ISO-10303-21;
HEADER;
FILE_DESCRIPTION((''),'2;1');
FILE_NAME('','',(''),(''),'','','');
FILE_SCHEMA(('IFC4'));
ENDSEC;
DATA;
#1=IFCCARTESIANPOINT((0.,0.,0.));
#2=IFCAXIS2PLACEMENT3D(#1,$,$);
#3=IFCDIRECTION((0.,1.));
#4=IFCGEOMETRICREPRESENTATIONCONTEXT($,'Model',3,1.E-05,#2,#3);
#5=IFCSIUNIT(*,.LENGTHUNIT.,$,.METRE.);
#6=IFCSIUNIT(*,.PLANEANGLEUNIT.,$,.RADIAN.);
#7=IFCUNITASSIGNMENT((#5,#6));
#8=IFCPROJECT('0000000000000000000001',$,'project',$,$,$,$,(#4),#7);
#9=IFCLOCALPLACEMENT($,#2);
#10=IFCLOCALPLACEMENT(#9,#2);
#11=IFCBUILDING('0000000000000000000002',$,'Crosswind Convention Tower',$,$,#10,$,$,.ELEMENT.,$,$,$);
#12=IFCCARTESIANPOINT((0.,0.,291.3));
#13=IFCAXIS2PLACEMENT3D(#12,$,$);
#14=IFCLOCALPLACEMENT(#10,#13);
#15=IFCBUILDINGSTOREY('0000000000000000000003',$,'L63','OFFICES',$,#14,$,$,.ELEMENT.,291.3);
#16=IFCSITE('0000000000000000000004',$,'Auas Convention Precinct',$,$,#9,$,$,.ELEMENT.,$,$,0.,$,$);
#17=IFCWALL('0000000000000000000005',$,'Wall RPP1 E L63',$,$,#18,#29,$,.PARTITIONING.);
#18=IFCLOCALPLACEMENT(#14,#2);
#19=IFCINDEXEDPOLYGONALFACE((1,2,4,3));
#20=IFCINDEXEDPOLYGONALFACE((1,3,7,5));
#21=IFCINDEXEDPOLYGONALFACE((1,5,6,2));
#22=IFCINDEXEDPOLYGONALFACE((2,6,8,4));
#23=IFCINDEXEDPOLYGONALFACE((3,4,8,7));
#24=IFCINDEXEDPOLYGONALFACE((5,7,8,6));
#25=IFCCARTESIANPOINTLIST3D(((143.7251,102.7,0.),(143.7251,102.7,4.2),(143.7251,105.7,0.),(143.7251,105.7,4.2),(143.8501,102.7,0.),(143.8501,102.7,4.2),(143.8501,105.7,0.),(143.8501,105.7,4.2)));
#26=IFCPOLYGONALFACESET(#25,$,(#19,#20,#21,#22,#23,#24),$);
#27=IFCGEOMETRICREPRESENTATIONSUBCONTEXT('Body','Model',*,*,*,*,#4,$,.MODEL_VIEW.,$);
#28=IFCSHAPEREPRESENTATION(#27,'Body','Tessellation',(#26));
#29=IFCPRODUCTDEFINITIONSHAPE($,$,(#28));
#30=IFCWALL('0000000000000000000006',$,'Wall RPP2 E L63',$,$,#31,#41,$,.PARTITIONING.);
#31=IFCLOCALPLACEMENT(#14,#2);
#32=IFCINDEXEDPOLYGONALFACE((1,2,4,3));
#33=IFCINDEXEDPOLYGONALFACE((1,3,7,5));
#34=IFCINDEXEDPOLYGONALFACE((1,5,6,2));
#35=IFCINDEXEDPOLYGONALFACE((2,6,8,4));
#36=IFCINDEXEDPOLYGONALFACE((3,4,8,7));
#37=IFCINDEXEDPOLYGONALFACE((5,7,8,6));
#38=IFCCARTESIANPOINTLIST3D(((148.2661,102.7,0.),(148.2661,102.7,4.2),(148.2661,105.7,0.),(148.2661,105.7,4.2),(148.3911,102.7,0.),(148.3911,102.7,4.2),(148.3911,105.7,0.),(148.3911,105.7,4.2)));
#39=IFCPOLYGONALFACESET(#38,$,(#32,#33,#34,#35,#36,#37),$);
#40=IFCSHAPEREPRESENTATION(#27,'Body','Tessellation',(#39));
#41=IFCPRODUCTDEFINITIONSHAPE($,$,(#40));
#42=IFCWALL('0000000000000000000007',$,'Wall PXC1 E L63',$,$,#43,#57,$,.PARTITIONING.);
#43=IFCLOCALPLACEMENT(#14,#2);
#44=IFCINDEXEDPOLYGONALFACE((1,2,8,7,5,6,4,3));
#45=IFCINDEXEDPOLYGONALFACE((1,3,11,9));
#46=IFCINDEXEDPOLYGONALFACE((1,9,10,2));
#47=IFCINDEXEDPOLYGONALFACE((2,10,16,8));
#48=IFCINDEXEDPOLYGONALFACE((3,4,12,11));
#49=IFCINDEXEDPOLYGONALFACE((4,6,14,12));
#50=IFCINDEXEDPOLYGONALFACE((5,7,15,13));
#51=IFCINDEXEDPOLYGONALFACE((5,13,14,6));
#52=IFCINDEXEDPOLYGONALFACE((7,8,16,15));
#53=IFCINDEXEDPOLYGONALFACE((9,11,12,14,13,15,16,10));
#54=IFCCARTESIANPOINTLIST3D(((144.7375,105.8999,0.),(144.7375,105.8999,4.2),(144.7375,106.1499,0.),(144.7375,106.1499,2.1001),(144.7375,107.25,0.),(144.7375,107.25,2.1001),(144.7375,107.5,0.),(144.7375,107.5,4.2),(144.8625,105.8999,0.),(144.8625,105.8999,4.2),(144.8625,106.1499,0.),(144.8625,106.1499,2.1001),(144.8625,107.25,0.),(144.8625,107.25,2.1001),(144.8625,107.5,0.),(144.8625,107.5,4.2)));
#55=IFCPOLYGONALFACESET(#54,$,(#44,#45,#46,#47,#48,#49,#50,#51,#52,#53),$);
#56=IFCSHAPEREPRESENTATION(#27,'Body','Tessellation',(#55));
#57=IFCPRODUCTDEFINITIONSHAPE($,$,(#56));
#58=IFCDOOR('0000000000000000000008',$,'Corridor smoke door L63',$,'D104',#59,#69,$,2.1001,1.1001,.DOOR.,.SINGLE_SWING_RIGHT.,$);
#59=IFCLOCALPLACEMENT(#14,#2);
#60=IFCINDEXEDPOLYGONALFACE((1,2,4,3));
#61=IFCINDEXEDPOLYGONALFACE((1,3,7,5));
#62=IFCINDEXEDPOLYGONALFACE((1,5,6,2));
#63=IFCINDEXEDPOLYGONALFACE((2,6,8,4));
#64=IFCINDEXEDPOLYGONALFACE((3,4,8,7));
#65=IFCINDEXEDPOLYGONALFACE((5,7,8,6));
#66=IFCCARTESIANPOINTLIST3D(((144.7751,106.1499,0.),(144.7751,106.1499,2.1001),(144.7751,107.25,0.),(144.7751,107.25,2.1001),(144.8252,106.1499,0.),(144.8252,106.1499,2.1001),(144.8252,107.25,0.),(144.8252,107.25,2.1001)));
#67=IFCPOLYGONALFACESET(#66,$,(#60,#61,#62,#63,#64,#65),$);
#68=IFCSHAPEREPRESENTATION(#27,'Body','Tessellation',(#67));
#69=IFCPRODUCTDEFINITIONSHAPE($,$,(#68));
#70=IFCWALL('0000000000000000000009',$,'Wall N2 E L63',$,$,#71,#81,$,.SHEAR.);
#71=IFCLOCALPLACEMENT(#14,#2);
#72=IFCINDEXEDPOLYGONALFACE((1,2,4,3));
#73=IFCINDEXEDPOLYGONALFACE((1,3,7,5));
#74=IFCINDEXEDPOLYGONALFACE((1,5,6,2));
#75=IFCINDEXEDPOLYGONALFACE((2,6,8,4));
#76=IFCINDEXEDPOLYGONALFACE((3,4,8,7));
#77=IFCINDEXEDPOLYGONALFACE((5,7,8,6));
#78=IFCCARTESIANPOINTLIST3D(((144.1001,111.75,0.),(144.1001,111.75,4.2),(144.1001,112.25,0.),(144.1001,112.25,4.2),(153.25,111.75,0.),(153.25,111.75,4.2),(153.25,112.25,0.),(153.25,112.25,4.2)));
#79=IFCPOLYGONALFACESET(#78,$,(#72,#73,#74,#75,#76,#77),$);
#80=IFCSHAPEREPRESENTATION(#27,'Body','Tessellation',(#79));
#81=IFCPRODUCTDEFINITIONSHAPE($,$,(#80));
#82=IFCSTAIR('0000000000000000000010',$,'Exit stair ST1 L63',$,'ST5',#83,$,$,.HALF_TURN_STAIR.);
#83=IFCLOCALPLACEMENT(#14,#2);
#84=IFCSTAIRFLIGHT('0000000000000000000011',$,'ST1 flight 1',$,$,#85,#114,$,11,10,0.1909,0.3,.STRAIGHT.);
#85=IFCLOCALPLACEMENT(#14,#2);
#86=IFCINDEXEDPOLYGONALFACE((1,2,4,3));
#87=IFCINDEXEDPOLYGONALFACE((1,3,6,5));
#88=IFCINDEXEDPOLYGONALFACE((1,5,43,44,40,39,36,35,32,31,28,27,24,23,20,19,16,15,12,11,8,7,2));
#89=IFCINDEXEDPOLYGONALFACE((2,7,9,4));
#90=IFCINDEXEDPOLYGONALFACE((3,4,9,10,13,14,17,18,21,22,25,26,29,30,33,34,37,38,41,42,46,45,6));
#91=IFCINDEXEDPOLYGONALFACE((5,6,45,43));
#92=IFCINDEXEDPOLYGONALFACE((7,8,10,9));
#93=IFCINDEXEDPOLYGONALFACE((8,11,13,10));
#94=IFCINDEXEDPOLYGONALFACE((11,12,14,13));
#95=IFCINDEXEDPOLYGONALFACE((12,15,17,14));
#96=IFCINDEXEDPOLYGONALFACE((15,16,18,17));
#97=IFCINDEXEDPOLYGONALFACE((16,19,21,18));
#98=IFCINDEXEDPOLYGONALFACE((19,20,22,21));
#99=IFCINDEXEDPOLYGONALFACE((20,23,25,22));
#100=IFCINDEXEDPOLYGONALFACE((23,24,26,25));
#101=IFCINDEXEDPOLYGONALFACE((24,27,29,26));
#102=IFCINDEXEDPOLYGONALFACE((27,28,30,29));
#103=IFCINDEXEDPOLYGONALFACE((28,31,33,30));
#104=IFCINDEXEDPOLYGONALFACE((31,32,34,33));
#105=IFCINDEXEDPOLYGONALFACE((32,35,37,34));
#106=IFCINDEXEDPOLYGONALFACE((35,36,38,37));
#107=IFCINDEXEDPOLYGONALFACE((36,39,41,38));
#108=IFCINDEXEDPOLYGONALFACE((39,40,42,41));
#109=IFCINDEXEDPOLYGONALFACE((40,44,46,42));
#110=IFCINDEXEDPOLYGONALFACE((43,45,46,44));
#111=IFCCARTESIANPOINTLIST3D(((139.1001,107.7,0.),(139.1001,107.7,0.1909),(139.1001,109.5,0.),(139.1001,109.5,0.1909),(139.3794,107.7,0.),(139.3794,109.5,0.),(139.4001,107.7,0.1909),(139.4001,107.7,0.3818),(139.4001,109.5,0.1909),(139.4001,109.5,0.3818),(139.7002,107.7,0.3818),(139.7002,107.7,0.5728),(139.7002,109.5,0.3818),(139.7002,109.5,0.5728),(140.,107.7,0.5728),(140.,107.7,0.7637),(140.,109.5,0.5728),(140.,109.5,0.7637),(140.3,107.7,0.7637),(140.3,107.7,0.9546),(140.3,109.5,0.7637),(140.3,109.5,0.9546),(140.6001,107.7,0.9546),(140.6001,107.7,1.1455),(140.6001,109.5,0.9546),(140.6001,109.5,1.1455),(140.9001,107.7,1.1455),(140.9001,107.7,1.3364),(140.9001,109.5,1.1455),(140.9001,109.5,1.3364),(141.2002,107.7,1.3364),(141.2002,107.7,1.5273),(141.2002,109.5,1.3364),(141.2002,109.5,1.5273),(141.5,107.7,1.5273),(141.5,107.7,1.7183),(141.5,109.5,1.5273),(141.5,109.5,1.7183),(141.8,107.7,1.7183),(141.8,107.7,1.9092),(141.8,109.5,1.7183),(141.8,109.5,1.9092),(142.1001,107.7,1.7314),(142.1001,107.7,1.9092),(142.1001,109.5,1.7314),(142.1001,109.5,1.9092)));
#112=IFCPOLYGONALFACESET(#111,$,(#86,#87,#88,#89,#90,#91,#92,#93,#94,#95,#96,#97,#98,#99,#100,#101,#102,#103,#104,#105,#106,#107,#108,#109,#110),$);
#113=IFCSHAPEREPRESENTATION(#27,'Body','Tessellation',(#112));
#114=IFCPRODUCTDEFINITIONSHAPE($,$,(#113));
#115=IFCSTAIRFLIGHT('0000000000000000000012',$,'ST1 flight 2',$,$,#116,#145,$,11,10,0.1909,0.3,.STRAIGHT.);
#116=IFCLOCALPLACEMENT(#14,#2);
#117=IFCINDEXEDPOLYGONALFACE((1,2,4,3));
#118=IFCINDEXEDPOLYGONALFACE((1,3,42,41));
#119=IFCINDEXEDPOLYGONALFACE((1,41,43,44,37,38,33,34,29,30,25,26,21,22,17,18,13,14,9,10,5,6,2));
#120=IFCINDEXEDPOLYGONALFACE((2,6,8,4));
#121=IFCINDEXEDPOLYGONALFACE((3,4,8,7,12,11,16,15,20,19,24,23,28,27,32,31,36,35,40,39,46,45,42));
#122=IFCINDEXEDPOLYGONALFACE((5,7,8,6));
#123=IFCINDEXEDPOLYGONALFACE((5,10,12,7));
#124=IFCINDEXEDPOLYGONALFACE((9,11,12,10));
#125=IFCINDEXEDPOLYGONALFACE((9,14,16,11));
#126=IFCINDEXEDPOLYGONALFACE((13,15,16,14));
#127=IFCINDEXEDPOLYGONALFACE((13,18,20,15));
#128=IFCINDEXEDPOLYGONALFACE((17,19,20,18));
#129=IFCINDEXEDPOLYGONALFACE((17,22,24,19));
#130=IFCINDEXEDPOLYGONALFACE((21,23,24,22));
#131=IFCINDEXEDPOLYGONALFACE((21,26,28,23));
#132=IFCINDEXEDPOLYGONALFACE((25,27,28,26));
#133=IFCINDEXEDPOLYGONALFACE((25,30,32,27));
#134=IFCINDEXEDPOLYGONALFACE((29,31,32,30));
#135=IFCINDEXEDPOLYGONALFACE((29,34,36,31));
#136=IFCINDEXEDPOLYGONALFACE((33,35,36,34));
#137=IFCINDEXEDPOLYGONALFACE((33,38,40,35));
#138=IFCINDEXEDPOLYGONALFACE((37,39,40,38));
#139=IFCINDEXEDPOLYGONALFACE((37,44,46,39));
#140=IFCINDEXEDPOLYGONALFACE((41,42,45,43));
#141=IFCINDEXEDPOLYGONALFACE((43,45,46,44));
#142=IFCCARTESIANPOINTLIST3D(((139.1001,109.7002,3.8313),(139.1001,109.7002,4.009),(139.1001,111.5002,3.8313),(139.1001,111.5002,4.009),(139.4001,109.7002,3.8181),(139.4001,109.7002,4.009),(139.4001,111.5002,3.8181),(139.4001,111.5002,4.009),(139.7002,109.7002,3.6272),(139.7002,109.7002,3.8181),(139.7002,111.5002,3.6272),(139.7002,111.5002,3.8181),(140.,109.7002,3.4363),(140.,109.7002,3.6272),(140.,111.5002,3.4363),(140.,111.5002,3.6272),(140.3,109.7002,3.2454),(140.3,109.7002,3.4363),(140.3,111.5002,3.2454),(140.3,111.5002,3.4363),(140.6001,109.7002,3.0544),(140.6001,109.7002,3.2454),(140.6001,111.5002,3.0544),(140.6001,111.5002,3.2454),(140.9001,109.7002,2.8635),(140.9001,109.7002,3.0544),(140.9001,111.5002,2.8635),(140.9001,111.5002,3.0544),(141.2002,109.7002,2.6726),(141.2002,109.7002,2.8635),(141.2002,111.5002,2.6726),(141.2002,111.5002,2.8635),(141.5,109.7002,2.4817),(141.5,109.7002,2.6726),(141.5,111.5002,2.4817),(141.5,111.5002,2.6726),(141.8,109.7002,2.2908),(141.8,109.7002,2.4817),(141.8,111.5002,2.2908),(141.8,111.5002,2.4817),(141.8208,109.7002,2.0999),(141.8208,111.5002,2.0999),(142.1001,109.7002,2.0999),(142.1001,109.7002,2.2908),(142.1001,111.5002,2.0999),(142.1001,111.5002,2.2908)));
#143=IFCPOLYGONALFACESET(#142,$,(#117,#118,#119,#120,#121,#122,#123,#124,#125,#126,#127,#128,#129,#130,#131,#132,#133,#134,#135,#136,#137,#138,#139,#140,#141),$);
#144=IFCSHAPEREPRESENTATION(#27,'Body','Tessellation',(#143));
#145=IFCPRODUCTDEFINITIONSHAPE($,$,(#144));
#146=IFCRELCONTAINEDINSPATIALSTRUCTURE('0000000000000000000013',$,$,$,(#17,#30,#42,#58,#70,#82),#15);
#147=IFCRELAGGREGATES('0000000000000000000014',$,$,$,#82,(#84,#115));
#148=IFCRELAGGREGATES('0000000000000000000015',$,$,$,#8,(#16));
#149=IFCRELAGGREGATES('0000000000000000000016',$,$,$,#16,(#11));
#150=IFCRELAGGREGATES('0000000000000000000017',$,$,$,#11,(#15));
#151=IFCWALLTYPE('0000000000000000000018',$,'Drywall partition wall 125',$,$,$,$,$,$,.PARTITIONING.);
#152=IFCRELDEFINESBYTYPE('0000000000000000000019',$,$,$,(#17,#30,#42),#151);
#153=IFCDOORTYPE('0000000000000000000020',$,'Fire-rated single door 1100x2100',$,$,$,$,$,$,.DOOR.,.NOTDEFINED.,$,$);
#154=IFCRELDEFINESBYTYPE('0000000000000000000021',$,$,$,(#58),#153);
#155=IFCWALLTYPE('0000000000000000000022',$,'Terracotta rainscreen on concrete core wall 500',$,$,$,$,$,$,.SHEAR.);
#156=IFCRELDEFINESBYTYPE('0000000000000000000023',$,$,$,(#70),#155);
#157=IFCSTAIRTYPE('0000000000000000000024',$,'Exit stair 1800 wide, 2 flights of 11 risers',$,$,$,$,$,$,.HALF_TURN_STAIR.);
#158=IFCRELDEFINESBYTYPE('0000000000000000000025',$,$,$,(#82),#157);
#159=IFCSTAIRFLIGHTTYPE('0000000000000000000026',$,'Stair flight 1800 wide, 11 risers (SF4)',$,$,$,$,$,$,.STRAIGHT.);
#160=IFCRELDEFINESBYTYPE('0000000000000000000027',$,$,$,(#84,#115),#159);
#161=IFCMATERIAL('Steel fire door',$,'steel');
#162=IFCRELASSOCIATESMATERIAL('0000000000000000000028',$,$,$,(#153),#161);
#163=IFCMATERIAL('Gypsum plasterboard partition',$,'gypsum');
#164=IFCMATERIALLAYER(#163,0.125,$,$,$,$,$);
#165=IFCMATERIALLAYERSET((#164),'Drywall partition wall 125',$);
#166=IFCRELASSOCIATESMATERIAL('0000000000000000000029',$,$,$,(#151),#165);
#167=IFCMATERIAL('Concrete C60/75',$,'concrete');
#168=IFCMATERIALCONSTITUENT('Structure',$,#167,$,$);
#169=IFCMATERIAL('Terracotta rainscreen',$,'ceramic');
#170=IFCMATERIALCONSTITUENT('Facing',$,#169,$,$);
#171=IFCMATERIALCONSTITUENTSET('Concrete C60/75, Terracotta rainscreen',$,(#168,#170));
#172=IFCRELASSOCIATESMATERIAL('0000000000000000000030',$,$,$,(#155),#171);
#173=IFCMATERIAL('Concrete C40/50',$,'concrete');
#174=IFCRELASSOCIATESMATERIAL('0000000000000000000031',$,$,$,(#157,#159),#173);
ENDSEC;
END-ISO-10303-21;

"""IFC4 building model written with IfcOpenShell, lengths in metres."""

from ifc_helpers import new_model, si_unit, direction, frame, frame_2d, origin, place, context, subcontext, project, spatial, polyline, rectangle, outline, extrude, material, layer, layer_set, constituent, constituent_set, type_object, element, fill, aggregate, save


model = new_model("IFC4")

# Units and contexts
model_context = context("Model", 3, precision=1e-05, world=origin(), true_north=direction((0.0, 1.0)))
body_context = subcontext(model_context, "Body", "Model", "MODEL_VIEW")
ifc_project = project(units=[si_unit("LENGTHUNIT", "METRE"), si_unit("PLANEANGLEUNIT", "RADIAN")], contexts=[model_context])

# Site, building, storey
site_placement = place(None, origin())
site = spatial("IfcSite", under=ifc_project, at=site_placement, Name="Auas Convention Precinct", CompositionType="ELEMENT", RefElevation=0.0)
building_placement = place(site_placement, origin())
building = spatial("IfcBuilding", under=site, at=building_placement, Name="Crosswind Convention Tower", CompositionType="ELEMENT")
storey_placement = place(building_placement, frame((0.0, 0.0, 291.3)))
storey = spatial("IfcBuildingStorey", under=building, at=storey_placement, Name="L63", Description="OFFICES", CompositionType="ELEMENT", Elevation=291.3)

# Shared definitions
ifc_material_1 = material(Name="Steel fire door", Category="steel")
door_type_1 = type_object("IfcDoorType", Name="Fire-rated single door 1100x2100", OperationType="NOTDEFINED", PredefinedType="DOOR", material=ifc_material_1)

# Walls
ifc_material_2 = material(Name="Gypsum plasterboard partition", Category="gypsum")
ifc_layer_1 = layer(ifc_material_2, 0.125)
ifc_layer_set_1 = layer_set([ifc_layer_1], Name="Drywall partition wall 125")
wall_type_1 = type_object("IfcWallType", Name="Drywall partition wall 125", PredefinedType="PARTITIONING", material=ifc_layer_set_1)
for number, where, z_axis, x_axis, name in (
    (1, (143.7876, 102.7, 0.0), (0.0, 0.0, 1.0), (0.0, 1.0, 0.0), "Wall RPP1 E L63"),
    (2, (148.3286, 102.7, 0.0), (0.0, 0.0, 1.0), (0.0, 1.0, 0.0), "Wall RPP2 E L63"),
):
    element("IfcWall", number, at=place(storey_placement, frame(where, z_axis=z_axis, x_axis=x_axis)), inside=storey, type_object=wall_type_1, Name=name, PredefinedType="PARTITIONING", context=body_context, shape_type="SweptSolid", body=[
        extrude(rectangle(XDim=3.0, YDim=0.125, at=frame_2d((1.5, 0.0))), origin(), (0.0, 0.0, 1.0), 4.2),
    ])

# Wall, opening, door
wall_1_placement = place(storey_placement, frame((144.8, 105.8999, 0.0), z_axis=(0.0, 0.0, 1.0), x_axis=(0.0, 1.0, 0.0)))
wall_1 = element("IfcWall", 3, at=wall_1_placement, inside=storey, type_object=wall_type_1, Name="Wall PXC1 E L63", PredefinedType="PARTITIONING", context=body_context, shape_type="SweptSolid", body=[
    extrude(rectangle(XDim=1.6001, YDim=0.125, at=frame_2d((0.8, 0.0))), origin(), (0.0, 0.0, 1.0), 4.2),
])
opening_1_placement = place(wall_1_placement, frame((0.25, 0.0, 0.0)))
opening_1 = element("IfcOpeningElement", 4, at=opening_1_placement, cuts=wall_1, PredefinedType="OPENING", context=body_context, shape_type="SweptSolid", body=[
    extrude(rectangle(XDim=1.1001, YDim=2.1001, at=frame_2d((0.55, 1.05))), frame((0.0, 0.0725, 0.0), z_axis=(0.0, -1.0, 0.0), x_axis=(1.0, 0.0, 0.0)), (0.0, 0.0, 1.0), 0.145),
])
door_1_placement = place(opening_1_placement, origin())
door_1 = element("IfcDoor", 5, at=door_1_placement, inside=storey, type_object=door_type_1, Name="Corridor smoke door L63", ObjectType="D104", OperationType="SINGLE_SWING_RIGHT", OverallHeight=2.1001, OverallWidth=1.1001, PredefinedType="DOOR", context=body_context, shape_type="SweptSolid", body=[
    extrude(rectangle(XDim=1.1001, YDim=2.1001, at=frame_2d((0.55, 1.05))), frame((0.0, 0.0249, 0.0), z_axis=(0.0, -1.0, 0.0), x_axis=(1.0, 0.0, 0.0)), (0.0, 0.0, 1.0), 0.05),
])
fill(opening_1, door_1)

# Wall
ifc_material_3 = material(Name="Concrete C60/75", Category="concrete")
ifc_constituent_1 = constituent(ifc_material_3, Name="Structure")
ifc_material_4 = material(Name="Terracotta rainscreen", Category="ceramic")
ifc_constituent_2 = constituent(ifc_material_4, Name="Facing")
ifc_constituent_set = constituent_set(constituents=[ifc_constituent_1, ifc_constituent_2], Name="Concrete C60/75, Terracotta rainscreen")
wall_type_2 = type_object("IfcWallType", Name="Terracotta rainscreen on concrete core wall 500", PredefinedType="SHEAR", material=ifc_constituent_set)
wall_2_placement = place(storey_placement, frame((144.1001, 112.0, 0.0), z_axis=(0.0, 0.0, 1.0), x_axis=(1.0, 0.0, 0.0)))
element("IfcWall", 6, at=wall_2_placement, inside=storey, type_object=wall_type_2, Name="Wall N2 E L63", PredefinedType="SHEAR", context=body_context, shape_type="SweptSolid", body=[
    extrude(rectangle(XDim=9.1499, YDim=0.5, at=frame_2d((4.575, 0.0))), origin(), (0.0, 0.0, 1.0), 4.2),
])

# Stair, stair flights
ifc_material_5 = material(Name="Concrete C40/50", Category="concrete")
stair_type = type_object("IfcStairType", Name="Exit stair 1800 wide, 2 flights of 11 risers", PredefinedType="HALF_TURN_STAIR", material=ifc_material_5)
stair_placement = place(storey_placement, origin())
stair = element("IfcStair", 7, at=stair_placement, inside=storey, type_object=stair_type, Name="Exit stair ST1 L63", ObjectType="ST5", PredefinedType="HALF_TURN_STAIR")
stair_flight_type = type_object("IfcStairFlightType", Name="Stair flight 1800 wide, 11 risers (SF4)", PredefinedType="STRAIGHT", material=ifc_material_5)
stair_flight_1_placement = place(storey_placement, frame((139.1001, 108.6001, 0.0), z_axis=(0.0, 0.0, 1.0), x_axis=(1.0, 0.0, 0.0)))
stair_flight_1 = element("IfcStairFlight", 8, at=stair_flight_1_placement, type_object=stair_flight_type, Name="ST1 flight 1", NumberOfRisers=11, NumberOfTreads=10, PredefinedType="STRAIGHT", RiserHeight=0.1909, TreadLength=0.3, context=body_context, shape_type="SweptSolid", body=[
    extrude(outline(polyline([(0.0, 0.0), (0.0, 0.1909), (0.3, 0.1909), (0.3, 0.3818), (0.6001, 0.3818), (0.6001, 0.5728), (0.8999, 0.5728), (0.8999, 0.7637), (1.2, 0.7637), (1.2, 0.9546), (1.5, 0.9546), (1.5, 1.1455), (1.8, 1.1455), (1.8, 1.3364), (2.1001, 1.3364), (2.1001, 1.5273), (2.3999, 1.5273), (2.3999, 1.7183), (2.7, 1.7183), (2.7, 1.9092), (3.0, 1.9092), (3.0, 2.1001), (3.0, 1.7314), (0.2793, 0.0), (0.0, 0.0)])), frame((0.0, 0.8999, 0.0), z_axis=(0.0, -1.0, 0.0), x_axis=(1.0, 0.0, 0.0)), (0.0, 0.0, 1.0), 1.8),
])
stair_flight_2_placement = place(storey_placement, frame((142.1001, 110.6001, 2.0999), z_axis=(0.0, 0.0, 1.0), x_axis=(-1.0, 0.0, 0.0)))
stair_flight_2 = element("IfcStairFlight", 9, at=stair_flight_2_placement, type_object=stair_flight_type, Name="ST1 flight 2", NumberOfRisers=11, NumberOfTreads=10, PredefinedType="STRAIGHT", RiserHeight=0.1909, TreadLength=0.3, context=body_context, shape_type="SweptSolid", body=[
    extrude(outline(polyline([(0.0, 0.0), (0.0, 0.1909), (0.3, 0.1909), (0.3, 0.3818), (0.6001, 0.3818), (0.6001, 0.5728), (0.8999, 0.5728), (0.8999, 0.7637), (1.2, 0.7637), (1.2, 0.9546), (1.5, 0.9546), (1.5, 1.1455), (1.8, 1.1455), (1.8, 1.3364), (2.1001, 1.3364), (2.1001, 1.5273), (2.3999, 1.5273), (2.3999, 1.7183), (2.7, 1.7183), (2.7, 1.9092), (3.0, 1.9092), (3.0, 2.1001), (3.0, 1.7314), (0.2793, 0.0), (0.0, 0.0)])), frame((0.0, 0.8999, 0.0), z_axis=(0.0, -1.0, 0.0), x_axis=(1.0, 0.0, 0.0)), (0.0, 0.0, 1.0), 1.8),
])
aggregate(stair, [stair_flight_1, stair_flight_2])

save(model, "model.ifc")
